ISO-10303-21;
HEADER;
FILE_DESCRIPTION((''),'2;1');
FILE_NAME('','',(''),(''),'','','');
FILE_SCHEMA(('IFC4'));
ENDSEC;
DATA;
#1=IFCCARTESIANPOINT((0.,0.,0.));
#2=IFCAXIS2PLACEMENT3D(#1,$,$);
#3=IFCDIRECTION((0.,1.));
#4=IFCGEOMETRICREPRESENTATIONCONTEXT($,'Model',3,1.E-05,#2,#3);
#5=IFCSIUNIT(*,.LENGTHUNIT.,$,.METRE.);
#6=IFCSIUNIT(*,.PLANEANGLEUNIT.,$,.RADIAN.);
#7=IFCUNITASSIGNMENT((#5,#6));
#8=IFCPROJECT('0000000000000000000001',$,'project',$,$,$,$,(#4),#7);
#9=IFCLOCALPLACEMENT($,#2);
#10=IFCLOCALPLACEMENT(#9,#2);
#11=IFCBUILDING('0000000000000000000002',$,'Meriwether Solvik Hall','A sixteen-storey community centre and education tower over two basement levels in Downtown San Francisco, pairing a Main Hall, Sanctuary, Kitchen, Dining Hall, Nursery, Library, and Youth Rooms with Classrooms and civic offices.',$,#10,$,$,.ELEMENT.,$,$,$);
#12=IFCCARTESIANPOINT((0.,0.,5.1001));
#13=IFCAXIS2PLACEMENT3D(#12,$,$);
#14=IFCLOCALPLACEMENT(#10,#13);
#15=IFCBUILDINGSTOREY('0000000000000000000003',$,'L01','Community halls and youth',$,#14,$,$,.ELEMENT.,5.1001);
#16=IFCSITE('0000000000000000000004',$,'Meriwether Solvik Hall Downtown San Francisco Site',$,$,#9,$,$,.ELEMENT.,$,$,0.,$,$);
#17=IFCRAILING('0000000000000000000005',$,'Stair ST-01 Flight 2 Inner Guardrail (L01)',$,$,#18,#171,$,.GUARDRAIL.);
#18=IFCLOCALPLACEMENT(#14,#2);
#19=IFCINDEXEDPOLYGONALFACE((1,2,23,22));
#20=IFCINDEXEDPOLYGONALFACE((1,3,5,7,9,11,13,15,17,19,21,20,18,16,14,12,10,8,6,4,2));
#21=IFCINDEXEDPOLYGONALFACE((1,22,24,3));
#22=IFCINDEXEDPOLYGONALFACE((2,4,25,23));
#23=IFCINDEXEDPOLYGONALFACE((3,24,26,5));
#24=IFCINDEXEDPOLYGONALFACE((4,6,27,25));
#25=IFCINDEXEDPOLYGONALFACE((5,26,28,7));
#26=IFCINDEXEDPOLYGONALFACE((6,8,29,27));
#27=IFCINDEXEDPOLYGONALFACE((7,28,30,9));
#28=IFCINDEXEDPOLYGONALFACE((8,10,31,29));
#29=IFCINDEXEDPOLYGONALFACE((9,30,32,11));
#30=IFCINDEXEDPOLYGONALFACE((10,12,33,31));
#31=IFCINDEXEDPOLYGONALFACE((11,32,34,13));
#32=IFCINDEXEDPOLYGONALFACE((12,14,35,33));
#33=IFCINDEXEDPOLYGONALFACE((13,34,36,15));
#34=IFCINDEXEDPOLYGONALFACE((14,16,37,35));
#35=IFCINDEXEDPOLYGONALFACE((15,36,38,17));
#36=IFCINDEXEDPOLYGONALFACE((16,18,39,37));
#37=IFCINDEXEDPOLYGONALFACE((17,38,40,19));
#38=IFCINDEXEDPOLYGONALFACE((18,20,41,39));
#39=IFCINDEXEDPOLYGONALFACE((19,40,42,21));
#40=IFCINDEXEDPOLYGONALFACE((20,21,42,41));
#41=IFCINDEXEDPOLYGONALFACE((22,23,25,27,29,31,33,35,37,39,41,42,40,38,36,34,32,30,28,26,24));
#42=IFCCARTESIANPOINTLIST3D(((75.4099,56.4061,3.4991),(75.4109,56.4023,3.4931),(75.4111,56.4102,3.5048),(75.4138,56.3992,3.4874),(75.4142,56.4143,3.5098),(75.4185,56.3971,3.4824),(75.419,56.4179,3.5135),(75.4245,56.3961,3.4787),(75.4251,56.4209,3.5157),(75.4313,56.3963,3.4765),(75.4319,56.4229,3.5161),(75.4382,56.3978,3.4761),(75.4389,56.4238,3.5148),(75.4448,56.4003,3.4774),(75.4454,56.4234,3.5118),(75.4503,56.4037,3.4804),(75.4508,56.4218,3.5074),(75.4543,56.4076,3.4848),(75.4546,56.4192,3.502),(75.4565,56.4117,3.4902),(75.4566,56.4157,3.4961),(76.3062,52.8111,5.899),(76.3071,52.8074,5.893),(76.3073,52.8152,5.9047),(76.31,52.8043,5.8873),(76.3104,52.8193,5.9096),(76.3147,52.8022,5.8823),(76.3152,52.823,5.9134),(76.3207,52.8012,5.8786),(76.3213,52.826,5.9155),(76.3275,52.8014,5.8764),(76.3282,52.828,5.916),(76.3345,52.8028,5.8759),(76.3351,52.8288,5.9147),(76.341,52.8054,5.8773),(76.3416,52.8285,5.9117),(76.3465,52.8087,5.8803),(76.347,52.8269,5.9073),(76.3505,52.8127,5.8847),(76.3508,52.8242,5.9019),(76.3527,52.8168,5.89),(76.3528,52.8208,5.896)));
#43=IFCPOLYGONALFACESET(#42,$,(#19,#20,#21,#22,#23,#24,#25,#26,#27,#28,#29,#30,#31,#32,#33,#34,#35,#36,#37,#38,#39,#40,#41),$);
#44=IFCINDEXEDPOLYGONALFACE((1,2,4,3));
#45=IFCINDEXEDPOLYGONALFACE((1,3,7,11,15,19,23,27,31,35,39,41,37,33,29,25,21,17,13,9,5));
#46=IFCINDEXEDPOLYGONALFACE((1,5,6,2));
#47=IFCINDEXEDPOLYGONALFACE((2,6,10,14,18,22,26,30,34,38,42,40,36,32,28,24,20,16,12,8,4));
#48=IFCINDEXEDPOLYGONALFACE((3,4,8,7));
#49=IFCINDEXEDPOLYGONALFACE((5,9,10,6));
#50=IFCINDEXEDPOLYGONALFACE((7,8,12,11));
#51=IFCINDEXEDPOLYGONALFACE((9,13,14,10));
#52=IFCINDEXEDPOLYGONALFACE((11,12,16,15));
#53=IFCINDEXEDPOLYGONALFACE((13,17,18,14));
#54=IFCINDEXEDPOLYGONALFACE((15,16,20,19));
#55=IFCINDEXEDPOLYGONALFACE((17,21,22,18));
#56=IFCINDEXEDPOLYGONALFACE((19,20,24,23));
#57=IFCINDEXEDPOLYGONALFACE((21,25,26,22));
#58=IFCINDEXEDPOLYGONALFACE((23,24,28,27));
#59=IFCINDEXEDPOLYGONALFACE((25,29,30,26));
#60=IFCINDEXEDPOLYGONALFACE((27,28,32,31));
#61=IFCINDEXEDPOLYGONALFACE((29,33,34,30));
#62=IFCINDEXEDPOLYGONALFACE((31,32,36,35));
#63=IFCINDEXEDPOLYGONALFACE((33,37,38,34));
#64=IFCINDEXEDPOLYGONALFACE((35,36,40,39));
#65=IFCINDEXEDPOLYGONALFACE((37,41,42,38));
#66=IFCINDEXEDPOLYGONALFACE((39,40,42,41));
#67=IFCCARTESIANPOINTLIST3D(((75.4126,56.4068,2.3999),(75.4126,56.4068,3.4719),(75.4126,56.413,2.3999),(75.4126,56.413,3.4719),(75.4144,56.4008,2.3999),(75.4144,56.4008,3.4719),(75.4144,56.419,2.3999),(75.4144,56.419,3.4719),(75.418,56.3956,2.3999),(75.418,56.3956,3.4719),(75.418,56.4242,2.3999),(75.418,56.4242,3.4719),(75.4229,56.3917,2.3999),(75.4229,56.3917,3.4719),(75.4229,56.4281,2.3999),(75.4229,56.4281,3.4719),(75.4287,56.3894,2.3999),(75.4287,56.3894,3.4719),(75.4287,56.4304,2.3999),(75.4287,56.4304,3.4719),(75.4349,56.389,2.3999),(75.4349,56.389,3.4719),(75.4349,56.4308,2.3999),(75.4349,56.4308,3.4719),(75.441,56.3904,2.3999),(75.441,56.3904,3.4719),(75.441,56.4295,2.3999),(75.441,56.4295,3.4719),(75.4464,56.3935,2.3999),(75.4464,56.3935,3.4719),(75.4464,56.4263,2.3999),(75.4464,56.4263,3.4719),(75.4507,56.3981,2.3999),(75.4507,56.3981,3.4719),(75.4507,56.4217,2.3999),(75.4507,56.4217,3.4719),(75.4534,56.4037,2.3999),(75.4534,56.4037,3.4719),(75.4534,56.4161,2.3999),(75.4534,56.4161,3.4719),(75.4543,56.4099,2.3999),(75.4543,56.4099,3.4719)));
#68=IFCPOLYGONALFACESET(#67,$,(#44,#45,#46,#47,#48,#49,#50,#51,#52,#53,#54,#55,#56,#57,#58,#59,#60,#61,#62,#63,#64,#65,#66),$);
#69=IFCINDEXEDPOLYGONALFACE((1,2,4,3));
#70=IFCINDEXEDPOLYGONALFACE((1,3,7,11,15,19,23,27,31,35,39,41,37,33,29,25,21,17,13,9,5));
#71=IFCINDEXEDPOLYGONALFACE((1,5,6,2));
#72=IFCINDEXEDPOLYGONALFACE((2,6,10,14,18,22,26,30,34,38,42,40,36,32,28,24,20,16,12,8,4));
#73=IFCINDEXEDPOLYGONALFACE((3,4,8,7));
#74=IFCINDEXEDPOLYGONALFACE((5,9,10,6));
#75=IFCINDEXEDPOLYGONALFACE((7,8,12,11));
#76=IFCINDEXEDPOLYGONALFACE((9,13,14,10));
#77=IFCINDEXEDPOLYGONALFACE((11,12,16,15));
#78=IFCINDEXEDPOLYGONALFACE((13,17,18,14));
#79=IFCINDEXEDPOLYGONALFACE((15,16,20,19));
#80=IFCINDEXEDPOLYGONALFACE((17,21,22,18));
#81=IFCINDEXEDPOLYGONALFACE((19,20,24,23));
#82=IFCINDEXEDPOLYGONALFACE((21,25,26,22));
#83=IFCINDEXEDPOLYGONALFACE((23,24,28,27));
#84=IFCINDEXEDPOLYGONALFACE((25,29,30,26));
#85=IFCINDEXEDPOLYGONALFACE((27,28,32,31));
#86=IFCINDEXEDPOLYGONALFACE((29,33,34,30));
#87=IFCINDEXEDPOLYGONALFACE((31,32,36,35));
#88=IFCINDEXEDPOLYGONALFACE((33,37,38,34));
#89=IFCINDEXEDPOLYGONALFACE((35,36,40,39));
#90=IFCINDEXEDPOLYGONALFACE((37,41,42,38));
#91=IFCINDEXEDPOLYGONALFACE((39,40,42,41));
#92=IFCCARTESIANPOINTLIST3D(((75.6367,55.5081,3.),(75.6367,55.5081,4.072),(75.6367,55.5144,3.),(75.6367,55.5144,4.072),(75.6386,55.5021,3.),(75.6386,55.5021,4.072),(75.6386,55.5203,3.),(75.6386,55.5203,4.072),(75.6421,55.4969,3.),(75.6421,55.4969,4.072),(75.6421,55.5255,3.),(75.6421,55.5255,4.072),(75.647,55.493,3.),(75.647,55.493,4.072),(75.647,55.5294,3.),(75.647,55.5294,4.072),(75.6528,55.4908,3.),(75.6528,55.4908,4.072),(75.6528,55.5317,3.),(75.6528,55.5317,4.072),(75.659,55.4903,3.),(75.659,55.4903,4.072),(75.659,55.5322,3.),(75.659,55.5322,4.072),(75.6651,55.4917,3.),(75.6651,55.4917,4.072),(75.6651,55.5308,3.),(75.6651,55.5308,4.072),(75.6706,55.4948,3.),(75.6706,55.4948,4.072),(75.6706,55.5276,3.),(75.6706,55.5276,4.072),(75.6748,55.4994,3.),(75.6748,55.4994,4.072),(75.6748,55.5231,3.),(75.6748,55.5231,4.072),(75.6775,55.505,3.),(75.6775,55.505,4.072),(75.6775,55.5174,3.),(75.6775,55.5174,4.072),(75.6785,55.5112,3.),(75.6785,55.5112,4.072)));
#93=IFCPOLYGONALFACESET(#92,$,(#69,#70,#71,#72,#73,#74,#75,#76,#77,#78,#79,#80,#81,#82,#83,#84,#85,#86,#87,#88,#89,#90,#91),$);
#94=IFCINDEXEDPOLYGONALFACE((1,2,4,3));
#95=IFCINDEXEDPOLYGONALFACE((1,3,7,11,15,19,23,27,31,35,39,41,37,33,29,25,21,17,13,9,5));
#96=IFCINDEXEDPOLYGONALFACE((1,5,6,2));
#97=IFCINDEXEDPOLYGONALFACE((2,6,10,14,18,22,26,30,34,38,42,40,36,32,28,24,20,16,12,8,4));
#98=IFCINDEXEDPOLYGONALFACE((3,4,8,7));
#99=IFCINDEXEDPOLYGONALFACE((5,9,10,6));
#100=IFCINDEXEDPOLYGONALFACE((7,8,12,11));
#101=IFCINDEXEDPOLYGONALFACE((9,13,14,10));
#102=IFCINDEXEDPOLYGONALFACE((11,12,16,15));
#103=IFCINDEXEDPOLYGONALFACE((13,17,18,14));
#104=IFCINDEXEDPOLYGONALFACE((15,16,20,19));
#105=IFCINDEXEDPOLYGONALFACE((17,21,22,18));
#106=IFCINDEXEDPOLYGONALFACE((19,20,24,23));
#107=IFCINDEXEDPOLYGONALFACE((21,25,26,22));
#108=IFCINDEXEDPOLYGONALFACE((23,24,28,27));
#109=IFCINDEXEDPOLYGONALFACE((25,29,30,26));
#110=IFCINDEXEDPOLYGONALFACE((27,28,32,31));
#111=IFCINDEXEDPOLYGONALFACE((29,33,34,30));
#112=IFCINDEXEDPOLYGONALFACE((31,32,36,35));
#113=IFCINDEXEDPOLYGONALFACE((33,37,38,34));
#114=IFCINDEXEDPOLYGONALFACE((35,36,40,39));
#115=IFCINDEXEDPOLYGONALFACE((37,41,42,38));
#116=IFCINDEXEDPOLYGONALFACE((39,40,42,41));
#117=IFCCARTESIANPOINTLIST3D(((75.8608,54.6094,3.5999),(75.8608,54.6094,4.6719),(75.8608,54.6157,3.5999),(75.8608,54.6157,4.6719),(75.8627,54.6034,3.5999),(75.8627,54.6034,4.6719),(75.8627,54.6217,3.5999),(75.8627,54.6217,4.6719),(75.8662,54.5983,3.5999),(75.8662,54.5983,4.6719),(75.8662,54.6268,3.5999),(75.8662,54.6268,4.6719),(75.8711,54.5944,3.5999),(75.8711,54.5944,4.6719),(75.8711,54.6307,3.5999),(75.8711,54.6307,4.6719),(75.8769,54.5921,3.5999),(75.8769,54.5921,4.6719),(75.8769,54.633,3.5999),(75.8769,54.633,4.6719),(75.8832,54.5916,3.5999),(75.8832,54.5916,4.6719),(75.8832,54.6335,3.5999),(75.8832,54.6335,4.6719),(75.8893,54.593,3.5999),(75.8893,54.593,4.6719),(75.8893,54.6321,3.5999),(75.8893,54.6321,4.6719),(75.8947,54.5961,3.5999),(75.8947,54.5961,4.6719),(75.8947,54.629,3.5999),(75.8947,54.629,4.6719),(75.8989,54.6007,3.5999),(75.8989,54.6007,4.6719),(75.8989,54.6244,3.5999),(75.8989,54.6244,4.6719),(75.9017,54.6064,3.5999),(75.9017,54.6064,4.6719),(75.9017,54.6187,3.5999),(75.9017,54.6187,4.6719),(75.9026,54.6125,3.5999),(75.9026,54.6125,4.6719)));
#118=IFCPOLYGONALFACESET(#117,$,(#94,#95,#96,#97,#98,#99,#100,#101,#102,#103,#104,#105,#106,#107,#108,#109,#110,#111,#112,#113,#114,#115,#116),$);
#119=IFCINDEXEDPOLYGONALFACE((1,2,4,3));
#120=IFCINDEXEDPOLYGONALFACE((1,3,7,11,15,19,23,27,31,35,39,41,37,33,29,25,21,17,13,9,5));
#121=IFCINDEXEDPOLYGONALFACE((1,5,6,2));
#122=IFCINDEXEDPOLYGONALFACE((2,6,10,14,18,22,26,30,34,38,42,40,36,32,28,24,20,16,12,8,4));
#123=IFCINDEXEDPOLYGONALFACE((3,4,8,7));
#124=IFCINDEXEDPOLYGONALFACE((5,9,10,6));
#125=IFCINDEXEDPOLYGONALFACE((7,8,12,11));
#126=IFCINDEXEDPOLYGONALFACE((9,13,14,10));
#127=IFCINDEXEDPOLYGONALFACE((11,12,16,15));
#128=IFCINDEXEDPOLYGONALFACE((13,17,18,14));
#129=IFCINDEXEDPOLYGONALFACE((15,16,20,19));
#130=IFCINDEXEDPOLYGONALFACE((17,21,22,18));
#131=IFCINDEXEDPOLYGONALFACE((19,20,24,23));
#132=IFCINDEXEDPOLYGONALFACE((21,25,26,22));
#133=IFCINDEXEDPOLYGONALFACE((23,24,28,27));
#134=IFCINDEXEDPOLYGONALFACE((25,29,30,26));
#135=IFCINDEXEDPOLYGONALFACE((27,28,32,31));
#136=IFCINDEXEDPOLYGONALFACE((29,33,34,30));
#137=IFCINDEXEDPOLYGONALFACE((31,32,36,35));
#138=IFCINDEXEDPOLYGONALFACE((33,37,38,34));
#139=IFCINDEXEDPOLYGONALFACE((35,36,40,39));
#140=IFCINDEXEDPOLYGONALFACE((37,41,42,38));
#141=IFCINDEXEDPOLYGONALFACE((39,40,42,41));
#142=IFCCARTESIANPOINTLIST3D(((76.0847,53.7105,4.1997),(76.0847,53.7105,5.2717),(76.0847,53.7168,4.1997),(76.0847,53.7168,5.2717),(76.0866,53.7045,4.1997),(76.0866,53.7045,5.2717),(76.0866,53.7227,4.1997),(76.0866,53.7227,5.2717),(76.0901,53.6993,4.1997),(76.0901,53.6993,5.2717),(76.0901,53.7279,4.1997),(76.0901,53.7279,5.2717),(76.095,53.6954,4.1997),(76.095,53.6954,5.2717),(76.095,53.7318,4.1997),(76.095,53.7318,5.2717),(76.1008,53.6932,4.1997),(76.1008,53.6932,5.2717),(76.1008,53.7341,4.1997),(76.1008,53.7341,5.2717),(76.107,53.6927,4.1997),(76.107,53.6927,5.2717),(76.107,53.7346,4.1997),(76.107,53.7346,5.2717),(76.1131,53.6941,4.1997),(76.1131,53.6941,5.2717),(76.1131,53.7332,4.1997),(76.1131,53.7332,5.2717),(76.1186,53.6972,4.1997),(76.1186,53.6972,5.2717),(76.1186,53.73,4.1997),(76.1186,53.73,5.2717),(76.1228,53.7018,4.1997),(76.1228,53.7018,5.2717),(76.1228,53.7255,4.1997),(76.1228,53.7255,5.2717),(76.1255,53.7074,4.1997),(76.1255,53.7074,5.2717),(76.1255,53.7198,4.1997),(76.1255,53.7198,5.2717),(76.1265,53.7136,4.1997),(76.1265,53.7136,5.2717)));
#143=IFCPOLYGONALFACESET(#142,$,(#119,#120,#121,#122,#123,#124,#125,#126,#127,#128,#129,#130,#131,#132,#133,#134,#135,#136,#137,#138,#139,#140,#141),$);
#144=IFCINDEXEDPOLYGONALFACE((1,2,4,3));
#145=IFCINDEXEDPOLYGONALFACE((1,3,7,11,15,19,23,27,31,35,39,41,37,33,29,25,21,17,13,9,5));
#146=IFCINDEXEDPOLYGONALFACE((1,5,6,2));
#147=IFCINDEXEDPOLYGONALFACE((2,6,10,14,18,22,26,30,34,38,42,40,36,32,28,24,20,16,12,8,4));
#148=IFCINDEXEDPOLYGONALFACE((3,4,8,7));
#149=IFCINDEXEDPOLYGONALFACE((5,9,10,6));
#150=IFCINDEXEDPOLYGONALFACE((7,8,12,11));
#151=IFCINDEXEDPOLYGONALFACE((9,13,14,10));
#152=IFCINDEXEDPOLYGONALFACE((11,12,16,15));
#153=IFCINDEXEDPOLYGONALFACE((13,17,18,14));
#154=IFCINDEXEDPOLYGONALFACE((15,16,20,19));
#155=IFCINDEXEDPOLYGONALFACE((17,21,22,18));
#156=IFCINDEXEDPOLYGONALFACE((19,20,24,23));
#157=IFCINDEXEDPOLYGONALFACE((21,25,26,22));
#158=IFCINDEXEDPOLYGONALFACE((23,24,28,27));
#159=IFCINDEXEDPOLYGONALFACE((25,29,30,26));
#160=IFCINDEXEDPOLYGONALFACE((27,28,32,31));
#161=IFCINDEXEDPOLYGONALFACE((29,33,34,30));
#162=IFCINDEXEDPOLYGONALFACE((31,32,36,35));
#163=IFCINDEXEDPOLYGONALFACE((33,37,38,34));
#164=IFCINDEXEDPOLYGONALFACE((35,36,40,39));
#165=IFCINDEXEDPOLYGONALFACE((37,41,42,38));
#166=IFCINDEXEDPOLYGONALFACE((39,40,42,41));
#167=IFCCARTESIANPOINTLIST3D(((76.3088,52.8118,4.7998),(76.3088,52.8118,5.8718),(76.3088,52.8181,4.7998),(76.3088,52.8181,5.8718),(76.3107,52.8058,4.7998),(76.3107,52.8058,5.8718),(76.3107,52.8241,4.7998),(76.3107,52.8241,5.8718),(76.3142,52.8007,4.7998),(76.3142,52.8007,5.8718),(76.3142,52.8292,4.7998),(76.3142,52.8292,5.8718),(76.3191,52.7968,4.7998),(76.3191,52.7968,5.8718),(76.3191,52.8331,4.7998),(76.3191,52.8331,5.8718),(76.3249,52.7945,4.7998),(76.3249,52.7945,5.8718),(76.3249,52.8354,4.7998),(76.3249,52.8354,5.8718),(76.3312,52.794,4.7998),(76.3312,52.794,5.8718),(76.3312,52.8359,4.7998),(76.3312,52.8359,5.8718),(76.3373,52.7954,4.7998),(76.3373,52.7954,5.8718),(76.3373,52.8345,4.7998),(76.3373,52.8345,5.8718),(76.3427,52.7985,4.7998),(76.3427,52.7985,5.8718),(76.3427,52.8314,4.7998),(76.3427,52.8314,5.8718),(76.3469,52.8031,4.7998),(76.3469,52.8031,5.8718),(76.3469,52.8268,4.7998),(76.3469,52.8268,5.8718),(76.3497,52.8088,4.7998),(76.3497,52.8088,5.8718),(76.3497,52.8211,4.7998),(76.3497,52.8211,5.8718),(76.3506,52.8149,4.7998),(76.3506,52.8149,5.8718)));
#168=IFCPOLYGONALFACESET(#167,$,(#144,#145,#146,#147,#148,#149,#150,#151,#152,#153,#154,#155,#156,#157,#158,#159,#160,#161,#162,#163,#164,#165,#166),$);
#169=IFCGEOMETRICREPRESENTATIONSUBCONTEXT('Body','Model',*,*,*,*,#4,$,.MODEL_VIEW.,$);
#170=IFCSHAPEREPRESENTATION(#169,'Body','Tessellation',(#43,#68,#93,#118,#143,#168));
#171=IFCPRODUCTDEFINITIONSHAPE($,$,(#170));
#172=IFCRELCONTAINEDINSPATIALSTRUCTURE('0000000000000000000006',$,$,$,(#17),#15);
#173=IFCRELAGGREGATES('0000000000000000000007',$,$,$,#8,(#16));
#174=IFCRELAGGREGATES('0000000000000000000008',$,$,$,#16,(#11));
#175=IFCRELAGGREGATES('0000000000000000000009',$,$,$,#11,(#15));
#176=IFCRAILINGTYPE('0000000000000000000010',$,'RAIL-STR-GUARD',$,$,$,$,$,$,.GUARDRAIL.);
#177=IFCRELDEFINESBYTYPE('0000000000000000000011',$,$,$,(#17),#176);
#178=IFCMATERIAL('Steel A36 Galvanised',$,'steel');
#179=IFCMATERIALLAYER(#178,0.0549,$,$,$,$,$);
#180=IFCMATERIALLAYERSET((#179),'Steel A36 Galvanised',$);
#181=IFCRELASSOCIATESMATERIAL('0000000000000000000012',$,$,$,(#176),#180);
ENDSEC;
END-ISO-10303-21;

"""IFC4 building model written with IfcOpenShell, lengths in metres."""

from ifc_helpers import new_model, si_unit, direction, frame, origin, origin_2d, place, context, subcontext, project, spatial, circle, extrude, material, layer, layer_set, type_object, element, save


model = new_model("IFC4")

# Units and contexts
model_context = context("Model", 3, precision=1e-05, world=origin(), true_north=direction((0.0, 1.0)))
body_context = subcontext(model_context, "Body", "Model", "MODEL_VIEW")
ifc_project = project(units=[si_unit("LENGTHUNIT", "METRE"), si_unit("PLANEANGLEUNIT", "RADIAN")], contexts=[model_context])

# Site, building, storey
site_placement = place(None, origin())
site = spatial("IfcSite", under=ifc_project, at=site_placement, Name="Meriwether Solvik Hall Downtown San Francisco Site", CompositionType="ELEMENT", RefElevation=0.0)
building_placement = place(site_placement, origin())
building = spatial("IfcBuilding", under=site, at=building_placement, Name="Meriwether Solvik Hall", Description="A sixteen-storey community centre and education tower over two basement levels in Downtown San Francisco, pairing a Main Hall, Sanctuary, Kitchen, Dining Hall, Nursery, Library, and Youth Rooms with Classrooms and civic offices.", CompositionType="ELEMENT")
storey_placement = place(building_placement, frame((0.0, 0.0, 5.1001)))
storey = spatial("IfcBuildingStorey", under=building, at=storey_placement, Name="L01", Description="Community halls and youth", CompositionType="ELEMENT", Elevation=5.1001)

# Railing
ifc_material_1 = material(Name="Steel A36 Galvanised", Category="steel")
ifc_layer_1 = layer(ifc_material_1, 0.0549)
ifc_layer_set_1 = layer_set([ifc_layer_1], Name="Steel A36 Galvanised")
railing_type_1 = type_object("IfcRailingType", Name="RAIL-STR-GUARD", PredefinedType="GUARDRAIL", material=ifc_layer_set_1)
railing_1_placement = place(storey_placement, frame((75.4333, 56.4099, 2.3999)))
element("IfcRailing", 1, at=railing_1_placement, inside=storey, type_object=railing_type_1, Name="Stair ST-01 Flight 2 Inner Guardrail (L01)", PredefinedType="GUARDRAIL", context=body_context, shape_type="SweptSolid", body=[
    extrude(circle(Radius=0.0239, at=origin_2d()), frame((0.0, 0.0, 1.0962), z_axis=(0.203028, -0.814381, 0.543658), x_axis=(0.970301, 0.2419, 0.0)), (0.0, 0.0, 1.0), 4.4143),
    extrude(circle(Radius=0.021, at=origin_2d()), origin(), (0.0, 0.0, 1.0), 1.072),
    extrude(circle(Radius=0.021, at=origin_2d()), frame((0.2241, -0.8987, 0.6001)), (0.0, 0.0, 1.0), 1.072),
    extrude(circle(Radius=0.021, at=origin_2d()), frame((0.4482, -1.7974, 1.2)), (0.0, 0.0, 1.0), 1.072),
    extrude(circle(Radius=0.021, at=origin_2d()), frame((0.6721, -2.6963, 1.7998)), (0.0, 0.0, 1.0), 1.072),
    extrude(circle(Radius=0.021, at=origin_2d()), frame((0.8962, -3.595, 2.3999)), (0.0, 0.0, 1.0), 1.072),
])

save(model, "model.ifc")
